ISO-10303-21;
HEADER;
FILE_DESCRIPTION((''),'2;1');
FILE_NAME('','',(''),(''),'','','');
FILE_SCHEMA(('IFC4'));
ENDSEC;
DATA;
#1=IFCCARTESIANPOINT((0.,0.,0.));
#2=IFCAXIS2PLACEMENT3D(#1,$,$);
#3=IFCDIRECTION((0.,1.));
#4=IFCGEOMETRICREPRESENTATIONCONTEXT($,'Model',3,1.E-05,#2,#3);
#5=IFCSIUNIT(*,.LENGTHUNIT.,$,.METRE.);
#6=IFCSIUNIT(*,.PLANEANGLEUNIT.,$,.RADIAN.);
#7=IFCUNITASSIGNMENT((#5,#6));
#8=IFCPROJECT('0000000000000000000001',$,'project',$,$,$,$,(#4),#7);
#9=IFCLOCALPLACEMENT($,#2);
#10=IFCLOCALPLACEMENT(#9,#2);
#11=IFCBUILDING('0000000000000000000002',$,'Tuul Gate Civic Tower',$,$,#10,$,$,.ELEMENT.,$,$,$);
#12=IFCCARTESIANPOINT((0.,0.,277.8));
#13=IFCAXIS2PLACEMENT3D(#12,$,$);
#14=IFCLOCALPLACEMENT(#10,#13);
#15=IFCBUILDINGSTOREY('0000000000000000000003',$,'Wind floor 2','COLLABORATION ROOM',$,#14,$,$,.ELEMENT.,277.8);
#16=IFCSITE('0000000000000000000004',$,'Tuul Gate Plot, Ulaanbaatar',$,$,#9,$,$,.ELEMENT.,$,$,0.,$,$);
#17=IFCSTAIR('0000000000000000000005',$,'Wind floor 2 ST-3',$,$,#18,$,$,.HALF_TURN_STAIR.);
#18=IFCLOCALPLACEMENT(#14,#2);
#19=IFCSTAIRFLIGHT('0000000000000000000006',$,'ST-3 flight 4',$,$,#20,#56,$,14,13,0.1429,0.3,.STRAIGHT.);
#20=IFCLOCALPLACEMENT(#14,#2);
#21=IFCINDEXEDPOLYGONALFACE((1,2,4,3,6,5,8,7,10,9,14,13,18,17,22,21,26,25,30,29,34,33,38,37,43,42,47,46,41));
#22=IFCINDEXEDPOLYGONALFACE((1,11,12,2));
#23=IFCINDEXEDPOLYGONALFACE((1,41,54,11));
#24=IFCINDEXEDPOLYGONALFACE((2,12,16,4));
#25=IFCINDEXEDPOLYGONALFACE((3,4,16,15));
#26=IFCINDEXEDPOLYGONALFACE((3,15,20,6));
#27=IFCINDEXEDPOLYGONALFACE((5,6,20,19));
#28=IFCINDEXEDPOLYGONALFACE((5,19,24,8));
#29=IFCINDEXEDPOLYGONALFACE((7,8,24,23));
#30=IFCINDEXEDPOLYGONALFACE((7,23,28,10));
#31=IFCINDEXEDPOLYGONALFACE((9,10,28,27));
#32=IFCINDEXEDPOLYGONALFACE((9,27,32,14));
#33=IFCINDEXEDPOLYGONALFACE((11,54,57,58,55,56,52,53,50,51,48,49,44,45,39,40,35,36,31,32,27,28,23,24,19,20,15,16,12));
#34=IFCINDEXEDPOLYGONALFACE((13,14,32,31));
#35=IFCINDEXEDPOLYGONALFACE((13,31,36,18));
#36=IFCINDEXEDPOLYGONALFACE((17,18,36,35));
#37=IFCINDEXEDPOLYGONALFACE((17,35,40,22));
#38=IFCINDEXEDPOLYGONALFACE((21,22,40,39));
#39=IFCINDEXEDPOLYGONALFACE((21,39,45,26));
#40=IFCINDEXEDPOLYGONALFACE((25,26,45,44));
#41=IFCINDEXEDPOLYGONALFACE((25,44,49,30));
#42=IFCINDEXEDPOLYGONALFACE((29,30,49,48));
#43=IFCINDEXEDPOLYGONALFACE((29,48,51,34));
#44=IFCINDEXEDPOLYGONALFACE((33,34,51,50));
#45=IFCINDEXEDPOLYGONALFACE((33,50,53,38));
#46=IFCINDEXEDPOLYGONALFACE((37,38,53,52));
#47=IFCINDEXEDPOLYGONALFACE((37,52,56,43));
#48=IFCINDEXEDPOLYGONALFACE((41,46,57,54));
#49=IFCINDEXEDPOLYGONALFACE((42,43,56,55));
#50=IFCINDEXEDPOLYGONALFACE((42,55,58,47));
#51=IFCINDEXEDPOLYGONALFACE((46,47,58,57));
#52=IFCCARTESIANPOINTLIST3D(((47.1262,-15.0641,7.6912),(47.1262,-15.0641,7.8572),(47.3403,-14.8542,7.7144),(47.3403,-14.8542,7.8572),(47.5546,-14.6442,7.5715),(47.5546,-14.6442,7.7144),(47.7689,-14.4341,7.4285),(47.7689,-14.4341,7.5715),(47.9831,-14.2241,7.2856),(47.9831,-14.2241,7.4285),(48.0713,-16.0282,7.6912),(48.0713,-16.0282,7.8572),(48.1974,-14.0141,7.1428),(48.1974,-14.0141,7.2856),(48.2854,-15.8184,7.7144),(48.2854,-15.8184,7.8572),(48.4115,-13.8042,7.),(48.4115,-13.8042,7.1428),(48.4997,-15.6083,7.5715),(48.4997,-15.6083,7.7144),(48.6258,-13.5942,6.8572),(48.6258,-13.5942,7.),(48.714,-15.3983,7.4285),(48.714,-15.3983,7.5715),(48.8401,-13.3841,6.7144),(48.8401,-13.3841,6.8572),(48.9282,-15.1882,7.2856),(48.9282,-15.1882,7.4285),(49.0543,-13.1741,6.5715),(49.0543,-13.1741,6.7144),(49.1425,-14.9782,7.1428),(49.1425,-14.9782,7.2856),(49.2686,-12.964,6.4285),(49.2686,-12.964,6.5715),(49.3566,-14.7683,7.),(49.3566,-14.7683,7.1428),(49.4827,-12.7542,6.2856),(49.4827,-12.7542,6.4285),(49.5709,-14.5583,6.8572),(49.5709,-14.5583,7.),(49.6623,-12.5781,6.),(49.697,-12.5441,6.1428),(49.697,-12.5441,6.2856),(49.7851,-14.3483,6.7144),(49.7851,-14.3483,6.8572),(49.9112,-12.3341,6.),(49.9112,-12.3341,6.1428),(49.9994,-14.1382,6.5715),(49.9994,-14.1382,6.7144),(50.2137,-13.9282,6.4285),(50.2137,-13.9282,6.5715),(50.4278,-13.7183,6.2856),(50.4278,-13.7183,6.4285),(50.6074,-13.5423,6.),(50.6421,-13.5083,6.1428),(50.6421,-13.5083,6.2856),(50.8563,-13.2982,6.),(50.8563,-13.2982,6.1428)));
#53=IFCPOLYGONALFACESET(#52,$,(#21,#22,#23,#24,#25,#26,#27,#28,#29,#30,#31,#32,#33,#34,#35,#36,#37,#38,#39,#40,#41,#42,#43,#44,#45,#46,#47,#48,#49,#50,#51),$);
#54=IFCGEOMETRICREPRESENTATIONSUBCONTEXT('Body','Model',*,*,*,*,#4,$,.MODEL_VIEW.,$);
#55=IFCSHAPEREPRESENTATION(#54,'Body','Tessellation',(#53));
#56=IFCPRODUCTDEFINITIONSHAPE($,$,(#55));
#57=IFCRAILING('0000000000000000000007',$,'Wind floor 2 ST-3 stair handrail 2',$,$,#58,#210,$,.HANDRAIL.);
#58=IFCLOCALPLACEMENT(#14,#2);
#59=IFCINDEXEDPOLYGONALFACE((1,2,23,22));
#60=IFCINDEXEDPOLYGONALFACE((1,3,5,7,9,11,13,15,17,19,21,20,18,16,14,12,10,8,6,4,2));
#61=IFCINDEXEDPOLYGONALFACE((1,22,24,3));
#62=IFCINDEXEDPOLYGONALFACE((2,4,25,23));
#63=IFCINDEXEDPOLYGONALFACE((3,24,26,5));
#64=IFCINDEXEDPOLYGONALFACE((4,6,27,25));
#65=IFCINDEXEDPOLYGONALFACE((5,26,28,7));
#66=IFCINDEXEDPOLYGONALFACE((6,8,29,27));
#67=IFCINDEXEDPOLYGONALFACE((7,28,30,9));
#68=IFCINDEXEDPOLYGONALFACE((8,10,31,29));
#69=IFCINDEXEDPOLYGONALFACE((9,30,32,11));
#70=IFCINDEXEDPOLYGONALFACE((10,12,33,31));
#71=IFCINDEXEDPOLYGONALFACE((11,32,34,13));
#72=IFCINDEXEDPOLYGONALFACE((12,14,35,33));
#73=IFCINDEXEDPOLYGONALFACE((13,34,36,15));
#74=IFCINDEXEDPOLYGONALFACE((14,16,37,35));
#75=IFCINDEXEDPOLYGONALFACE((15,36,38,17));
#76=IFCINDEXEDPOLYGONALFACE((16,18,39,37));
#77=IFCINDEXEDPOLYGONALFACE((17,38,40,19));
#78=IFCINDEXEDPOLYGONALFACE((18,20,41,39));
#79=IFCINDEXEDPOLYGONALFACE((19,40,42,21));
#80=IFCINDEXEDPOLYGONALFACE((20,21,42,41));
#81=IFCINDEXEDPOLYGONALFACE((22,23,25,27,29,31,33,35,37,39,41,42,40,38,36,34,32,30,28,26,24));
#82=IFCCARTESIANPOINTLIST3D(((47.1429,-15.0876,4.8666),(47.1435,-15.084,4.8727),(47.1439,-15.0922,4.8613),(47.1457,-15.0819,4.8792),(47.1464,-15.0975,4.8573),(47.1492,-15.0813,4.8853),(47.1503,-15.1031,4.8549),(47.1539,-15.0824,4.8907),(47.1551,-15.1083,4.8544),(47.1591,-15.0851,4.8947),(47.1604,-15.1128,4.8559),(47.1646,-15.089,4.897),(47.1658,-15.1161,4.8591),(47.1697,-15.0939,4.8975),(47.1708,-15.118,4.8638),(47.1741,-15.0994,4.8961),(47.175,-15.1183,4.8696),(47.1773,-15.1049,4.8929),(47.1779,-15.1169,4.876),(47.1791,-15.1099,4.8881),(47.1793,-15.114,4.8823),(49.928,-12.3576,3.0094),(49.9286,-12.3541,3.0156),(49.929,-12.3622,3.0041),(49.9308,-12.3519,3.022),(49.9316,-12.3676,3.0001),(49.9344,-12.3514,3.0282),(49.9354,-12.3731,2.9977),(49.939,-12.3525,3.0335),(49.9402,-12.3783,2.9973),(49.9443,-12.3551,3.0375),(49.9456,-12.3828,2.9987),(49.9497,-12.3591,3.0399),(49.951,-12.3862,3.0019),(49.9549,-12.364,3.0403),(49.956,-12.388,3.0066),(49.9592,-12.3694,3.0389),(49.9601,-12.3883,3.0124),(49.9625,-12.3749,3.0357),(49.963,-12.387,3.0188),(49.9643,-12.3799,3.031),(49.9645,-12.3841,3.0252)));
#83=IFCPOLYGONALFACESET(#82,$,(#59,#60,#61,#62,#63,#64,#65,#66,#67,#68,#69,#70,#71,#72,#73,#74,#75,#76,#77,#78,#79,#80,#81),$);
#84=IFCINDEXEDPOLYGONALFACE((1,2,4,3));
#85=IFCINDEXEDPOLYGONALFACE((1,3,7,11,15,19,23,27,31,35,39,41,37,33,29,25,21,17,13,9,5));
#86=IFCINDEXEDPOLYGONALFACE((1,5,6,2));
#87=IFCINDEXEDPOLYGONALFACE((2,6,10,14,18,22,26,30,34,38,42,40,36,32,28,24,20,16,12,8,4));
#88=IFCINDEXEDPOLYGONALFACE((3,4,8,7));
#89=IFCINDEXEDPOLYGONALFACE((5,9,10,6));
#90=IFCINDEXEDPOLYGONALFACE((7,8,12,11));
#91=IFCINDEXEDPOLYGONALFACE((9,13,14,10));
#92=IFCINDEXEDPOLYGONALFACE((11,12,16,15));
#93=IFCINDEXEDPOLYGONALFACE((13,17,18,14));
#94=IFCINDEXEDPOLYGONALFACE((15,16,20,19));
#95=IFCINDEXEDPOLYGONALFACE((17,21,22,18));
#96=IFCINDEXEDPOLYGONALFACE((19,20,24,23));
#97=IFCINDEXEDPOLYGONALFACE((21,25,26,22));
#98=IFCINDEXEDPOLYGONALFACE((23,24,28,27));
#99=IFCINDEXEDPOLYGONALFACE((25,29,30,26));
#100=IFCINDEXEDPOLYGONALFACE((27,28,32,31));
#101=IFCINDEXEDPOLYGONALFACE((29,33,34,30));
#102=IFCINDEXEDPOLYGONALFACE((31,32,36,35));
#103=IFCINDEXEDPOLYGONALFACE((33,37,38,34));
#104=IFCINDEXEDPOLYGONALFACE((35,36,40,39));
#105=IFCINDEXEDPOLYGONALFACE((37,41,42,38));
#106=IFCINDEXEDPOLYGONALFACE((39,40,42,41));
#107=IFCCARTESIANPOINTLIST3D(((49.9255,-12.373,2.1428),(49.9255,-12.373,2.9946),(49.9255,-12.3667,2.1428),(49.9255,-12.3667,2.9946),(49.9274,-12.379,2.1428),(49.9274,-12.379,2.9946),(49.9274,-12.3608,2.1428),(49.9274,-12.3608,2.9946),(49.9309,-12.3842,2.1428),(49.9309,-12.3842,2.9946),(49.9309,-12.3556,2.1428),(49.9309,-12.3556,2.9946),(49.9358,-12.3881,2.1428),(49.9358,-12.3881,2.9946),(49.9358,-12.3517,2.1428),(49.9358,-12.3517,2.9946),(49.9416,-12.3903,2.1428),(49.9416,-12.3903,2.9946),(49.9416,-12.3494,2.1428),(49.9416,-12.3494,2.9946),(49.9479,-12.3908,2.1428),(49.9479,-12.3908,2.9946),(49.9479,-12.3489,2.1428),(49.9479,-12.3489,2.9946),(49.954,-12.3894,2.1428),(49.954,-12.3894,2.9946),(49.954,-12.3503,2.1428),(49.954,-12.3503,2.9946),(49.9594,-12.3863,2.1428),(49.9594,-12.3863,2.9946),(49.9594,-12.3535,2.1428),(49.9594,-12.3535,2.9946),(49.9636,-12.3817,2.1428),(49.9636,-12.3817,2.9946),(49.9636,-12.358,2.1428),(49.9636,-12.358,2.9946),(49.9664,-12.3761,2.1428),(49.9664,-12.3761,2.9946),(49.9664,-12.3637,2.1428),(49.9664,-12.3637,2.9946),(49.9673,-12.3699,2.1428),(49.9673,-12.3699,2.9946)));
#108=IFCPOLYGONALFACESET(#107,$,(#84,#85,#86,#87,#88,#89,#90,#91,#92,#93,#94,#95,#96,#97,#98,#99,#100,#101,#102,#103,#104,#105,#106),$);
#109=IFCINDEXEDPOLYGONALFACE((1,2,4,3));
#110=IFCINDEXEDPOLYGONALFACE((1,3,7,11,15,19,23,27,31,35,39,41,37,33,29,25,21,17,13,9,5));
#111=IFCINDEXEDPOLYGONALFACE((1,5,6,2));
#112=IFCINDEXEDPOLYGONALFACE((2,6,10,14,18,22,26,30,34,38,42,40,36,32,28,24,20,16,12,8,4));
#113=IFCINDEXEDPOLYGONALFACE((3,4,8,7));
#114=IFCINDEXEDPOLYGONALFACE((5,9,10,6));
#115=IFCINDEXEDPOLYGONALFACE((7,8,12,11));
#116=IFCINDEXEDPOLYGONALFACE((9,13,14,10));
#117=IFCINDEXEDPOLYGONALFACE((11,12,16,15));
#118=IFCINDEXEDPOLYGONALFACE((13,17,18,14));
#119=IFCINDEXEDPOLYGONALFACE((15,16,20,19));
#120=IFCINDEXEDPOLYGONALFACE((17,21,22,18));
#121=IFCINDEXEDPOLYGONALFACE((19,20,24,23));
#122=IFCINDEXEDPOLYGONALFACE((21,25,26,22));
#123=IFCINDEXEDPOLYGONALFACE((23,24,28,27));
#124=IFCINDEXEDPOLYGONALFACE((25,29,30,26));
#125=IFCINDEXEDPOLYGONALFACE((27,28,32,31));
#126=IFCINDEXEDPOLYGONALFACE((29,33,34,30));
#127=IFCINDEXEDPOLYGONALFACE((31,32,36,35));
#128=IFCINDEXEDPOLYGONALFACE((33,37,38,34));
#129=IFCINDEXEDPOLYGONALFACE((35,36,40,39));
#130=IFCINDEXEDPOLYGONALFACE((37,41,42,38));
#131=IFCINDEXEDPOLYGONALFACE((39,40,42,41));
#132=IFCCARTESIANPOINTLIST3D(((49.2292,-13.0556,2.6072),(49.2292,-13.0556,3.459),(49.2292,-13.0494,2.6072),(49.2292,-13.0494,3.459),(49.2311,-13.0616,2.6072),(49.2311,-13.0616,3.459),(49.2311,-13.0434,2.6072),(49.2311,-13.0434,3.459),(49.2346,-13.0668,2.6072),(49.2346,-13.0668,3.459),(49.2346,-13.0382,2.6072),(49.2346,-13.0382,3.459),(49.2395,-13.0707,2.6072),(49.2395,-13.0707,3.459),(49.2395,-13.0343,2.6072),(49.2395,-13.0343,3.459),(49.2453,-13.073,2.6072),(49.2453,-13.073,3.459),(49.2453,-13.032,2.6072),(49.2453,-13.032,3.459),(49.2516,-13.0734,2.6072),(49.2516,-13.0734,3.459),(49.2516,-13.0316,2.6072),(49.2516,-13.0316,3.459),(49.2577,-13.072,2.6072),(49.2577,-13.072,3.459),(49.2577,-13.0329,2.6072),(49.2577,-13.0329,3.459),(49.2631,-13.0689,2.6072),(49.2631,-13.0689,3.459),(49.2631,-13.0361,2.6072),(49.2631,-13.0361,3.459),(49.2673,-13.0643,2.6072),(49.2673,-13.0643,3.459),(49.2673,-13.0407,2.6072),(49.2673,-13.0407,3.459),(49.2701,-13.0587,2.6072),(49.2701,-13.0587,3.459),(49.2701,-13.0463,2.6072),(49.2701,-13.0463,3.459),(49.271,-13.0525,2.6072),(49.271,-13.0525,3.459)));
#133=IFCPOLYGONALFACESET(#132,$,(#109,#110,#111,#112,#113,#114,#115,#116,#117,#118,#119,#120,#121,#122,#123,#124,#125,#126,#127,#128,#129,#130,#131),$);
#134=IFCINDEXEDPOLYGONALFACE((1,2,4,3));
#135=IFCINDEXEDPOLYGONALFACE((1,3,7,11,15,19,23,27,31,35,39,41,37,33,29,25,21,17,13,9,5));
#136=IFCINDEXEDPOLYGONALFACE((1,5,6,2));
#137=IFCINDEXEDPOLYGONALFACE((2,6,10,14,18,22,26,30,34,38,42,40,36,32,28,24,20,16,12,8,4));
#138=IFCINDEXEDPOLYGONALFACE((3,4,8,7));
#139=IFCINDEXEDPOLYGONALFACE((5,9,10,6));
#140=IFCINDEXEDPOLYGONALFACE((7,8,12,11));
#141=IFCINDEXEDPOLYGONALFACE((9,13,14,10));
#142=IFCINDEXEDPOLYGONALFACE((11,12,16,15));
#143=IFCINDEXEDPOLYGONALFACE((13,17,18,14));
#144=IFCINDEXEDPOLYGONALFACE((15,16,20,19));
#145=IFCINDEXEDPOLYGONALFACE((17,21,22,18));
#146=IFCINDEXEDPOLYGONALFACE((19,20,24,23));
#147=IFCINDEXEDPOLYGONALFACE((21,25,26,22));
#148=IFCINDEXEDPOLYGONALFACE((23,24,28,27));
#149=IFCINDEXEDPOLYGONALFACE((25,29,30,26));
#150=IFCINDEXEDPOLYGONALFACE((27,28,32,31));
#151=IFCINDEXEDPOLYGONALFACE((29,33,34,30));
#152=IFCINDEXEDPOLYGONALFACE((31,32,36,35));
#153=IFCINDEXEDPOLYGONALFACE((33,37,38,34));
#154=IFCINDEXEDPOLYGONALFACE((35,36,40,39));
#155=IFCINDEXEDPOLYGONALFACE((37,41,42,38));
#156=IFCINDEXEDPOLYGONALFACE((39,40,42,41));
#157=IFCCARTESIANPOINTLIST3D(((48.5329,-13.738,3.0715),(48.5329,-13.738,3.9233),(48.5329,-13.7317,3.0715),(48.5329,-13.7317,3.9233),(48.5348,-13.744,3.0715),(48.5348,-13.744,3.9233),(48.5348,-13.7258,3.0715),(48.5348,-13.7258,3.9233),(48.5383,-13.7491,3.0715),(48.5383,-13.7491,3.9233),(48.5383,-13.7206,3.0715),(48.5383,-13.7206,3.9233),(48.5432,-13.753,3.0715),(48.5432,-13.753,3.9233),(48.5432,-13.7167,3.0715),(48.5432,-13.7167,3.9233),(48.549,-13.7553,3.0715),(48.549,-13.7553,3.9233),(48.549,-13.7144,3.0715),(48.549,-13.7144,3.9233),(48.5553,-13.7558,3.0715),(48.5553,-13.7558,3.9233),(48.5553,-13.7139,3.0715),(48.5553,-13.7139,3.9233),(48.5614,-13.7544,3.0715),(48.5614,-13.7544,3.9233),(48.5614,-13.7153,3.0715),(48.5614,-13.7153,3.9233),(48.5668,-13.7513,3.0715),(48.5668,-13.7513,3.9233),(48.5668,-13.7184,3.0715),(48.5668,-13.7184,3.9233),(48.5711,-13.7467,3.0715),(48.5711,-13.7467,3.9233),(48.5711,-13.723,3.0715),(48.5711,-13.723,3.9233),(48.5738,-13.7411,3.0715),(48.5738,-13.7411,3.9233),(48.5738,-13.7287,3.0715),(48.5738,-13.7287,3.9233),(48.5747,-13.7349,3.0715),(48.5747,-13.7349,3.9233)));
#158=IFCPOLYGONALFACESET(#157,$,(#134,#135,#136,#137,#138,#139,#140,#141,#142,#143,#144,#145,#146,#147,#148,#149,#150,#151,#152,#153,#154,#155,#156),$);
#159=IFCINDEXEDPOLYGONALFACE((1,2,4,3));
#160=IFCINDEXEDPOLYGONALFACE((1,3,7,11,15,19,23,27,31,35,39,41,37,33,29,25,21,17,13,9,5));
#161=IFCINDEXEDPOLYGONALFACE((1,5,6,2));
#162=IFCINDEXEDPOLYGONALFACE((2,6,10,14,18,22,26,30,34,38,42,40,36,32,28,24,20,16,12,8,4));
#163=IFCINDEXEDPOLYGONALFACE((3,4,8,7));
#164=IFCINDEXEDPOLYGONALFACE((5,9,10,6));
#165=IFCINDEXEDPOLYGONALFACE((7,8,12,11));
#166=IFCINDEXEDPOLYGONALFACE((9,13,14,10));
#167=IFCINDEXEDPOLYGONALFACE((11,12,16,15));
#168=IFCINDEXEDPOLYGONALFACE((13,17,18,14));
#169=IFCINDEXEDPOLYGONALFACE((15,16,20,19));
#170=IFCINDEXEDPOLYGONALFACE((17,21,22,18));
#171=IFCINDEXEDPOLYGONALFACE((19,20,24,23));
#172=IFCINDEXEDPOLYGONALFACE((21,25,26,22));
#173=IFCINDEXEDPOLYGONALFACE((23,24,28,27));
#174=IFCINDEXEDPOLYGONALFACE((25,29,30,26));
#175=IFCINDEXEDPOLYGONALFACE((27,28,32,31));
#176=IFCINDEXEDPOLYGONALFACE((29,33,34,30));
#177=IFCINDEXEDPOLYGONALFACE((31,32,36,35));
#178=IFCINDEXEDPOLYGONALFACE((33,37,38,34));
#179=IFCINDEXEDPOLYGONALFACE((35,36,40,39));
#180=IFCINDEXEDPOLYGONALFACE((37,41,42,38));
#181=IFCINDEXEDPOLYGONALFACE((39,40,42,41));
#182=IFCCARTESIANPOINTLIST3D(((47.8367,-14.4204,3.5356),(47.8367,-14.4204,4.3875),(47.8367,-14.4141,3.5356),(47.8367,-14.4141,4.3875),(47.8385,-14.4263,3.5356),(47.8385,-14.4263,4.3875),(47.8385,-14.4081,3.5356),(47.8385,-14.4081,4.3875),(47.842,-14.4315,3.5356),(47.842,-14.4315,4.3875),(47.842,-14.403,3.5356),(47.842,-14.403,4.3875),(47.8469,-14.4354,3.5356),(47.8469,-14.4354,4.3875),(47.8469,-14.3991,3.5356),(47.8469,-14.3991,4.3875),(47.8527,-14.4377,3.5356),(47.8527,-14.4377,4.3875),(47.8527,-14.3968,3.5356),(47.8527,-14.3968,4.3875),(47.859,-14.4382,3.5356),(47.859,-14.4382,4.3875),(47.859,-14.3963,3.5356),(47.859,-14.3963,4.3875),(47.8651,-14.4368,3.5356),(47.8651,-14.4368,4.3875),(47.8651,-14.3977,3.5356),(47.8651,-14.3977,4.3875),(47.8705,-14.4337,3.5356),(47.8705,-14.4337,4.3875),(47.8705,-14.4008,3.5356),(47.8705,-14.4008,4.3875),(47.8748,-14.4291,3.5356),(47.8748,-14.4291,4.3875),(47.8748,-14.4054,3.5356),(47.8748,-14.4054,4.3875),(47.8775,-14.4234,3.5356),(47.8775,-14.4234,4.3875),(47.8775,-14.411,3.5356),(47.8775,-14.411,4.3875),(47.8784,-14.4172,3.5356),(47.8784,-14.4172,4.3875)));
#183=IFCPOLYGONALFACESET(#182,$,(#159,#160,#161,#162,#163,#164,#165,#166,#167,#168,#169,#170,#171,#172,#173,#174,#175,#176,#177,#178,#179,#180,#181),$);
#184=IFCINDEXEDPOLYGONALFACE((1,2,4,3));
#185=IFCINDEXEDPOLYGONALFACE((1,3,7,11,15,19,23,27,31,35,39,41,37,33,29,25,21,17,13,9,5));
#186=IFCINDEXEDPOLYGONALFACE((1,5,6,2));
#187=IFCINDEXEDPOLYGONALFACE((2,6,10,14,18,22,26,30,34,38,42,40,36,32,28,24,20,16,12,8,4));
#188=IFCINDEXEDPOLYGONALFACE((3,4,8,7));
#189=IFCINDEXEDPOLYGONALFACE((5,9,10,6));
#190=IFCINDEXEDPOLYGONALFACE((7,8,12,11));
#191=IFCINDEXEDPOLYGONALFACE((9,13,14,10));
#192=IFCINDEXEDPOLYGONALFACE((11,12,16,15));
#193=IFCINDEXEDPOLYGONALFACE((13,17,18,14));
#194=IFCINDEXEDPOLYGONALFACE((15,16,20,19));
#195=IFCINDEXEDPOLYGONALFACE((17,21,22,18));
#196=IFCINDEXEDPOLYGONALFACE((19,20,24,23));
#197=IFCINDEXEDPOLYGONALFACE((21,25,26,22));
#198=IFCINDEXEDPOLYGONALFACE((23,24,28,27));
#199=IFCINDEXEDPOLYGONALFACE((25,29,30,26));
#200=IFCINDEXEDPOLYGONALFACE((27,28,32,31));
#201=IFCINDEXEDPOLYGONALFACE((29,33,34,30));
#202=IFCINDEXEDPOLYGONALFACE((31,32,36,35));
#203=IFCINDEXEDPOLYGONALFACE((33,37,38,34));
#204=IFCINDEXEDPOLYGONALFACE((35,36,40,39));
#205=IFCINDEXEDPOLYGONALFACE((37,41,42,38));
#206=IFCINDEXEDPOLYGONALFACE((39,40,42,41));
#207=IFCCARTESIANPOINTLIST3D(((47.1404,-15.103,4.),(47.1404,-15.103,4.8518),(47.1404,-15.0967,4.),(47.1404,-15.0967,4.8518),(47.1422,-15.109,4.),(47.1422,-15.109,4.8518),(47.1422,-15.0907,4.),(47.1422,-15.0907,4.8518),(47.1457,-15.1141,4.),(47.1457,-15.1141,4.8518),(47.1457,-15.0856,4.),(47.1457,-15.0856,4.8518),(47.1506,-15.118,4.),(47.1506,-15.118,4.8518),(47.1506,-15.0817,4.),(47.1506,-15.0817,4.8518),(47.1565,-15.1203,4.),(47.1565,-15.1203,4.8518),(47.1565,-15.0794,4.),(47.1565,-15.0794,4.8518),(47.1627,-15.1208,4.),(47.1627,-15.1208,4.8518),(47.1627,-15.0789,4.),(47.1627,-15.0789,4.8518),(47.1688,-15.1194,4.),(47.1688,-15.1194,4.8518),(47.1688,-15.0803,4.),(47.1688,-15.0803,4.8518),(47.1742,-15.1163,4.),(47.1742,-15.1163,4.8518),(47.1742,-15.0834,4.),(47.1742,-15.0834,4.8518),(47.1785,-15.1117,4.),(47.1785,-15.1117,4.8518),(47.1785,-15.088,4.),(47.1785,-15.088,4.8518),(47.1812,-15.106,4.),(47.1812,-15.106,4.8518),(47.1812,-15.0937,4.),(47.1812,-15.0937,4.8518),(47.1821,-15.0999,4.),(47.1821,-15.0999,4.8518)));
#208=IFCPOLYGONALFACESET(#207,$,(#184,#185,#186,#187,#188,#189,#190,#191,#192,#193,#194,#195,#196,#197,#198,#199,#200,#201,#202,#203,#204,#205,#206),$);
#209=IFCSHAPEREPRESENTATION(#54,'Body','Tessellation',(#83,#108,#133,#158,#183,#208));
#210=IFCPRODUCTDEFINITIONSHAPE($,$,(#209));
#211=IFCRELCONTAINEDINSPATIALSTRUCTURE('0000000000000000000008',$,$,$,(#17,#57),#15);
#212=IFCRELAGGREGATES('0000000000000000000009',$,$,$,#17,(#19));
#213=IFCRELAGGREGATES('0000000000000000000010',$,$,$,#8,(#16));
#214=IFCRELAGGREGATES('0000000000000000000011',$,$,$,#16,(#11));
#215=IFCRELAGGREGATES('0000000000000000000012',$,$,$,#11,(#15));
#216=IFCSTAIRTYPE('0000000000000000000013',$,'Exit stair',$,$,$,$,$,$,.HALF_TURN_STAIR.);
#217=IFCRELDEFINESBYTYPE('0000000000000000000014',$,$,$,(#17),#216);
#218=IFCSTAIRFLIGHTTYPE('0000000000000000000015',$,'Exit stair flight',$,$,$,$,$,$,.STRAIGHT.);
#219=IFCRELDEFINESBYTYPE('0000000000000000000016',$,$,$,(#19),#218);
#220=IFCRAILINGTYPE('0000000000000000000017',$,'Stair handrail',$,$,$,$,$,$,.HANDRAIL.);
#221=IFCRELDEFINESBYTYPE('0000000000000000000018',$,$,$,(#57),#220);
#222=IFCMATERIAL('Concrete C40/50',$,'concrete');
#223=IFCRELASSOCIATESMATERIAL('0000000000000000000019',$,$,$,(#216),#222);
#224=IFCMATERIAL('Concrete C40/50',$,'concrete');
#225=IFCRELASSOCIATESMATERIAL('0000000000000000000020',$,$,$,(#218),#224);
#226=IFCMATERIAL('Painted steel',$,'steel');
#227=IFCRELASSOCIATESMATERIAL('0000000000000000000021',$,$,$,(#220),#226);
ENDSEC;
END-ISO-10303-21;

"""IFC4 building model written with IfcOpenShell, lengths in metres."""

from ifc_helpers import new_model, si_unit, direction, frame, origin, origin_2d, place, context, subcontext, project, spatial, polyline, circle, outline, extrude, material, type_object, element, aggregate, save


model = new_model("IFC4")

# Units and contexts
model_context = context("Model", 3, precision=1e-05, world=origin(), true_north=direction((0.0, 1.0)))
body_context = subcontext(model_context, "Body", "Model", "MODEL_VIEW")
ifc_project = project(units=[si_unit("LENGTHUNIT", "METRE"), si_unit("PLANEANGLEUNIT", "RADIAN")], contexts=[model_context])

# Site, building, storey
site_placement = place(None, origin())
site = spatial("IfcSite", under=ifc_project, at=site_placement, Name="Tuul Gate Plot, Ulaanbaatar", CompositionType="ELEMENT", RefElevation=0.0)
building_placement = place(site_placement, origin())
building = spatial("IfcBuilding", under=site, at=building_placement, Name="Tuul Gate Civic Tower", CompositionType="ELEMENT")
storey_placement = place(building_placement, frame((0.0, 0.0, 277.8)))
storey = spatial("IfcBuildingStorey", under=building, at=storey_placement, Name="Wind floor 2", Description="COLLABORATION ROOM", CompositionType="ELEMENT", Elevation=277.8)

# Stair, stair flight
ifc_material_1 = material(Name="Concrete C40/50", Category="concrete")
stair_type = type_object("IfcStairType", Name="Exit stair", PredefinedType="HALF_TURN_STAIR", material=ifc_material_1)
stair_placement = place(storey_placement, origin())
stair = element("IfcStair", 1, at=stair_placement, inside=storey, type_object=stair_type, Name="Wind floor 2 ST-3", PredefinedType="HALF_TURN_STAIR")
ifc_material_2 = material(Name="Concrete C40/50", Category="concrete")
stair_flight_type = type_object("IfcStairFlightType", Name="Exit stair flight", PredefinedType="STRAIGHT", material=ifc_material_2)
stair_flight_1_placement = place(storey_placement, frame((50.3838, -12.8162, 6.0), z_axis=(0.0, 0.0, 1.0), x_axis=(-0.714127, -0.700016, 0.0)))
stair_flight_1 = element("IfcStairFlight", 2, at=stair_flight_1_placement, type_object=stair_flight_type, Name="ST-3 flight 4", NumberOfRisers=14, NumberOfTreads=13, PredefinedType="STRAIGHT", RiserHeight=0.1429, TreadLength=0.3, context=body_context, shape_type="SweptSolid", body=[
    extrude(outline(polyline([(0.0, 0.0), (0.0, 0.1428), (0.3, 0.1428), (0.3, 0.2856), (0.6001, 0.2856), (0.6001, 0.4285), (0.8999, 0.4285), (0.8999, 0.5715), (1.2, 0.5715), (1.2, 0.7144), (1.5, 0.7144), (1.5, 0.8572), (1.8, 0.8572), (1.8, 1.0), (2.1001, 1.0), (2.1001, 1.1428), (2.3999, 1.1428), (2.3999, 1.2856), (2.7, 1.2856), (2.7, 1.4285), (3.0, 1.4285), (3.0, 1.5715), (3.3, 1.5715), (3.3, 1.7144), (3.6001, 1.7144), (3.6001, 1.8572), (3.8999, 1.8572), (3.8999, 2.0), (3.8999, 1.6912), (0.3486, 0.0), (0.0, 0.0)])), frame((0.0, 0.675, 0.0), z_axis=(0.0, -1.0, 0.0), x_axis=(1.0, 0.0, 0.0)), (0.0, 0.0, 1.0), 1.3501),
])
aggregate(stair, [stair_flight_1])

# Railing
ifc_material_3 = material(Name="Painted steel", Category="steel")
railing_type = type_object("IfcRailingType", Name="Stair handrail", PredefinedType="HANDRAIL", material=ifc_material_3)
for number, where, name in (
    (3, (49.9463, -12.3699, 2.1428), "Wind floor 2 ST-3 stair handrail 2"),
):
    element("IfcRailing", number, at=place(storey_placement, frame(where)), inside=storey, type_object=railing_type, Name=name, PredefinedType="HANDRAIL", context=body_context, shape_type="SweptSolid", body=[
        extrude(circle(Radius=0.0239, at=origin_2d()), frame((0.0, 0.0, 0.876), z_axis=(-0.644771, -0.631998, 0.429941), x_axis=(0.699998, -0.714145, 0.0)), (0.0, 0.0, 1.0), 4.3196),
        extrude(circle(Radius=0.021, at=origin_2d()), origin(), (0.0, 0.0, 1.0), 0.8518),
        extrude(circle(Radius=0.021, at=origin_2d()), frame((-0.6963, -0.6826, 0.4644)), (0.0, 0.0, 1.0), 0.8518),
        extrude(circle(Radius=0.021, at=origin_2d()), frame((-1.3926, -1.365, 0.9287)), (0.0, 0.0, 1.0), 0.8518),
        extrude(circle(Radius=0.021, at=origin_2d()), frame((-2.0889, -2.0474, 1.3928)), (0.0, 0.0, 1.0), 0.8518),
        extrude(circle(Radius=0.021, at=origin_2d()), frame((-2.7852, -2.73, 1.8572)), (0.0, 0.0, 1.0), 0.8518),
    ])

save(model, "model.ifc")
